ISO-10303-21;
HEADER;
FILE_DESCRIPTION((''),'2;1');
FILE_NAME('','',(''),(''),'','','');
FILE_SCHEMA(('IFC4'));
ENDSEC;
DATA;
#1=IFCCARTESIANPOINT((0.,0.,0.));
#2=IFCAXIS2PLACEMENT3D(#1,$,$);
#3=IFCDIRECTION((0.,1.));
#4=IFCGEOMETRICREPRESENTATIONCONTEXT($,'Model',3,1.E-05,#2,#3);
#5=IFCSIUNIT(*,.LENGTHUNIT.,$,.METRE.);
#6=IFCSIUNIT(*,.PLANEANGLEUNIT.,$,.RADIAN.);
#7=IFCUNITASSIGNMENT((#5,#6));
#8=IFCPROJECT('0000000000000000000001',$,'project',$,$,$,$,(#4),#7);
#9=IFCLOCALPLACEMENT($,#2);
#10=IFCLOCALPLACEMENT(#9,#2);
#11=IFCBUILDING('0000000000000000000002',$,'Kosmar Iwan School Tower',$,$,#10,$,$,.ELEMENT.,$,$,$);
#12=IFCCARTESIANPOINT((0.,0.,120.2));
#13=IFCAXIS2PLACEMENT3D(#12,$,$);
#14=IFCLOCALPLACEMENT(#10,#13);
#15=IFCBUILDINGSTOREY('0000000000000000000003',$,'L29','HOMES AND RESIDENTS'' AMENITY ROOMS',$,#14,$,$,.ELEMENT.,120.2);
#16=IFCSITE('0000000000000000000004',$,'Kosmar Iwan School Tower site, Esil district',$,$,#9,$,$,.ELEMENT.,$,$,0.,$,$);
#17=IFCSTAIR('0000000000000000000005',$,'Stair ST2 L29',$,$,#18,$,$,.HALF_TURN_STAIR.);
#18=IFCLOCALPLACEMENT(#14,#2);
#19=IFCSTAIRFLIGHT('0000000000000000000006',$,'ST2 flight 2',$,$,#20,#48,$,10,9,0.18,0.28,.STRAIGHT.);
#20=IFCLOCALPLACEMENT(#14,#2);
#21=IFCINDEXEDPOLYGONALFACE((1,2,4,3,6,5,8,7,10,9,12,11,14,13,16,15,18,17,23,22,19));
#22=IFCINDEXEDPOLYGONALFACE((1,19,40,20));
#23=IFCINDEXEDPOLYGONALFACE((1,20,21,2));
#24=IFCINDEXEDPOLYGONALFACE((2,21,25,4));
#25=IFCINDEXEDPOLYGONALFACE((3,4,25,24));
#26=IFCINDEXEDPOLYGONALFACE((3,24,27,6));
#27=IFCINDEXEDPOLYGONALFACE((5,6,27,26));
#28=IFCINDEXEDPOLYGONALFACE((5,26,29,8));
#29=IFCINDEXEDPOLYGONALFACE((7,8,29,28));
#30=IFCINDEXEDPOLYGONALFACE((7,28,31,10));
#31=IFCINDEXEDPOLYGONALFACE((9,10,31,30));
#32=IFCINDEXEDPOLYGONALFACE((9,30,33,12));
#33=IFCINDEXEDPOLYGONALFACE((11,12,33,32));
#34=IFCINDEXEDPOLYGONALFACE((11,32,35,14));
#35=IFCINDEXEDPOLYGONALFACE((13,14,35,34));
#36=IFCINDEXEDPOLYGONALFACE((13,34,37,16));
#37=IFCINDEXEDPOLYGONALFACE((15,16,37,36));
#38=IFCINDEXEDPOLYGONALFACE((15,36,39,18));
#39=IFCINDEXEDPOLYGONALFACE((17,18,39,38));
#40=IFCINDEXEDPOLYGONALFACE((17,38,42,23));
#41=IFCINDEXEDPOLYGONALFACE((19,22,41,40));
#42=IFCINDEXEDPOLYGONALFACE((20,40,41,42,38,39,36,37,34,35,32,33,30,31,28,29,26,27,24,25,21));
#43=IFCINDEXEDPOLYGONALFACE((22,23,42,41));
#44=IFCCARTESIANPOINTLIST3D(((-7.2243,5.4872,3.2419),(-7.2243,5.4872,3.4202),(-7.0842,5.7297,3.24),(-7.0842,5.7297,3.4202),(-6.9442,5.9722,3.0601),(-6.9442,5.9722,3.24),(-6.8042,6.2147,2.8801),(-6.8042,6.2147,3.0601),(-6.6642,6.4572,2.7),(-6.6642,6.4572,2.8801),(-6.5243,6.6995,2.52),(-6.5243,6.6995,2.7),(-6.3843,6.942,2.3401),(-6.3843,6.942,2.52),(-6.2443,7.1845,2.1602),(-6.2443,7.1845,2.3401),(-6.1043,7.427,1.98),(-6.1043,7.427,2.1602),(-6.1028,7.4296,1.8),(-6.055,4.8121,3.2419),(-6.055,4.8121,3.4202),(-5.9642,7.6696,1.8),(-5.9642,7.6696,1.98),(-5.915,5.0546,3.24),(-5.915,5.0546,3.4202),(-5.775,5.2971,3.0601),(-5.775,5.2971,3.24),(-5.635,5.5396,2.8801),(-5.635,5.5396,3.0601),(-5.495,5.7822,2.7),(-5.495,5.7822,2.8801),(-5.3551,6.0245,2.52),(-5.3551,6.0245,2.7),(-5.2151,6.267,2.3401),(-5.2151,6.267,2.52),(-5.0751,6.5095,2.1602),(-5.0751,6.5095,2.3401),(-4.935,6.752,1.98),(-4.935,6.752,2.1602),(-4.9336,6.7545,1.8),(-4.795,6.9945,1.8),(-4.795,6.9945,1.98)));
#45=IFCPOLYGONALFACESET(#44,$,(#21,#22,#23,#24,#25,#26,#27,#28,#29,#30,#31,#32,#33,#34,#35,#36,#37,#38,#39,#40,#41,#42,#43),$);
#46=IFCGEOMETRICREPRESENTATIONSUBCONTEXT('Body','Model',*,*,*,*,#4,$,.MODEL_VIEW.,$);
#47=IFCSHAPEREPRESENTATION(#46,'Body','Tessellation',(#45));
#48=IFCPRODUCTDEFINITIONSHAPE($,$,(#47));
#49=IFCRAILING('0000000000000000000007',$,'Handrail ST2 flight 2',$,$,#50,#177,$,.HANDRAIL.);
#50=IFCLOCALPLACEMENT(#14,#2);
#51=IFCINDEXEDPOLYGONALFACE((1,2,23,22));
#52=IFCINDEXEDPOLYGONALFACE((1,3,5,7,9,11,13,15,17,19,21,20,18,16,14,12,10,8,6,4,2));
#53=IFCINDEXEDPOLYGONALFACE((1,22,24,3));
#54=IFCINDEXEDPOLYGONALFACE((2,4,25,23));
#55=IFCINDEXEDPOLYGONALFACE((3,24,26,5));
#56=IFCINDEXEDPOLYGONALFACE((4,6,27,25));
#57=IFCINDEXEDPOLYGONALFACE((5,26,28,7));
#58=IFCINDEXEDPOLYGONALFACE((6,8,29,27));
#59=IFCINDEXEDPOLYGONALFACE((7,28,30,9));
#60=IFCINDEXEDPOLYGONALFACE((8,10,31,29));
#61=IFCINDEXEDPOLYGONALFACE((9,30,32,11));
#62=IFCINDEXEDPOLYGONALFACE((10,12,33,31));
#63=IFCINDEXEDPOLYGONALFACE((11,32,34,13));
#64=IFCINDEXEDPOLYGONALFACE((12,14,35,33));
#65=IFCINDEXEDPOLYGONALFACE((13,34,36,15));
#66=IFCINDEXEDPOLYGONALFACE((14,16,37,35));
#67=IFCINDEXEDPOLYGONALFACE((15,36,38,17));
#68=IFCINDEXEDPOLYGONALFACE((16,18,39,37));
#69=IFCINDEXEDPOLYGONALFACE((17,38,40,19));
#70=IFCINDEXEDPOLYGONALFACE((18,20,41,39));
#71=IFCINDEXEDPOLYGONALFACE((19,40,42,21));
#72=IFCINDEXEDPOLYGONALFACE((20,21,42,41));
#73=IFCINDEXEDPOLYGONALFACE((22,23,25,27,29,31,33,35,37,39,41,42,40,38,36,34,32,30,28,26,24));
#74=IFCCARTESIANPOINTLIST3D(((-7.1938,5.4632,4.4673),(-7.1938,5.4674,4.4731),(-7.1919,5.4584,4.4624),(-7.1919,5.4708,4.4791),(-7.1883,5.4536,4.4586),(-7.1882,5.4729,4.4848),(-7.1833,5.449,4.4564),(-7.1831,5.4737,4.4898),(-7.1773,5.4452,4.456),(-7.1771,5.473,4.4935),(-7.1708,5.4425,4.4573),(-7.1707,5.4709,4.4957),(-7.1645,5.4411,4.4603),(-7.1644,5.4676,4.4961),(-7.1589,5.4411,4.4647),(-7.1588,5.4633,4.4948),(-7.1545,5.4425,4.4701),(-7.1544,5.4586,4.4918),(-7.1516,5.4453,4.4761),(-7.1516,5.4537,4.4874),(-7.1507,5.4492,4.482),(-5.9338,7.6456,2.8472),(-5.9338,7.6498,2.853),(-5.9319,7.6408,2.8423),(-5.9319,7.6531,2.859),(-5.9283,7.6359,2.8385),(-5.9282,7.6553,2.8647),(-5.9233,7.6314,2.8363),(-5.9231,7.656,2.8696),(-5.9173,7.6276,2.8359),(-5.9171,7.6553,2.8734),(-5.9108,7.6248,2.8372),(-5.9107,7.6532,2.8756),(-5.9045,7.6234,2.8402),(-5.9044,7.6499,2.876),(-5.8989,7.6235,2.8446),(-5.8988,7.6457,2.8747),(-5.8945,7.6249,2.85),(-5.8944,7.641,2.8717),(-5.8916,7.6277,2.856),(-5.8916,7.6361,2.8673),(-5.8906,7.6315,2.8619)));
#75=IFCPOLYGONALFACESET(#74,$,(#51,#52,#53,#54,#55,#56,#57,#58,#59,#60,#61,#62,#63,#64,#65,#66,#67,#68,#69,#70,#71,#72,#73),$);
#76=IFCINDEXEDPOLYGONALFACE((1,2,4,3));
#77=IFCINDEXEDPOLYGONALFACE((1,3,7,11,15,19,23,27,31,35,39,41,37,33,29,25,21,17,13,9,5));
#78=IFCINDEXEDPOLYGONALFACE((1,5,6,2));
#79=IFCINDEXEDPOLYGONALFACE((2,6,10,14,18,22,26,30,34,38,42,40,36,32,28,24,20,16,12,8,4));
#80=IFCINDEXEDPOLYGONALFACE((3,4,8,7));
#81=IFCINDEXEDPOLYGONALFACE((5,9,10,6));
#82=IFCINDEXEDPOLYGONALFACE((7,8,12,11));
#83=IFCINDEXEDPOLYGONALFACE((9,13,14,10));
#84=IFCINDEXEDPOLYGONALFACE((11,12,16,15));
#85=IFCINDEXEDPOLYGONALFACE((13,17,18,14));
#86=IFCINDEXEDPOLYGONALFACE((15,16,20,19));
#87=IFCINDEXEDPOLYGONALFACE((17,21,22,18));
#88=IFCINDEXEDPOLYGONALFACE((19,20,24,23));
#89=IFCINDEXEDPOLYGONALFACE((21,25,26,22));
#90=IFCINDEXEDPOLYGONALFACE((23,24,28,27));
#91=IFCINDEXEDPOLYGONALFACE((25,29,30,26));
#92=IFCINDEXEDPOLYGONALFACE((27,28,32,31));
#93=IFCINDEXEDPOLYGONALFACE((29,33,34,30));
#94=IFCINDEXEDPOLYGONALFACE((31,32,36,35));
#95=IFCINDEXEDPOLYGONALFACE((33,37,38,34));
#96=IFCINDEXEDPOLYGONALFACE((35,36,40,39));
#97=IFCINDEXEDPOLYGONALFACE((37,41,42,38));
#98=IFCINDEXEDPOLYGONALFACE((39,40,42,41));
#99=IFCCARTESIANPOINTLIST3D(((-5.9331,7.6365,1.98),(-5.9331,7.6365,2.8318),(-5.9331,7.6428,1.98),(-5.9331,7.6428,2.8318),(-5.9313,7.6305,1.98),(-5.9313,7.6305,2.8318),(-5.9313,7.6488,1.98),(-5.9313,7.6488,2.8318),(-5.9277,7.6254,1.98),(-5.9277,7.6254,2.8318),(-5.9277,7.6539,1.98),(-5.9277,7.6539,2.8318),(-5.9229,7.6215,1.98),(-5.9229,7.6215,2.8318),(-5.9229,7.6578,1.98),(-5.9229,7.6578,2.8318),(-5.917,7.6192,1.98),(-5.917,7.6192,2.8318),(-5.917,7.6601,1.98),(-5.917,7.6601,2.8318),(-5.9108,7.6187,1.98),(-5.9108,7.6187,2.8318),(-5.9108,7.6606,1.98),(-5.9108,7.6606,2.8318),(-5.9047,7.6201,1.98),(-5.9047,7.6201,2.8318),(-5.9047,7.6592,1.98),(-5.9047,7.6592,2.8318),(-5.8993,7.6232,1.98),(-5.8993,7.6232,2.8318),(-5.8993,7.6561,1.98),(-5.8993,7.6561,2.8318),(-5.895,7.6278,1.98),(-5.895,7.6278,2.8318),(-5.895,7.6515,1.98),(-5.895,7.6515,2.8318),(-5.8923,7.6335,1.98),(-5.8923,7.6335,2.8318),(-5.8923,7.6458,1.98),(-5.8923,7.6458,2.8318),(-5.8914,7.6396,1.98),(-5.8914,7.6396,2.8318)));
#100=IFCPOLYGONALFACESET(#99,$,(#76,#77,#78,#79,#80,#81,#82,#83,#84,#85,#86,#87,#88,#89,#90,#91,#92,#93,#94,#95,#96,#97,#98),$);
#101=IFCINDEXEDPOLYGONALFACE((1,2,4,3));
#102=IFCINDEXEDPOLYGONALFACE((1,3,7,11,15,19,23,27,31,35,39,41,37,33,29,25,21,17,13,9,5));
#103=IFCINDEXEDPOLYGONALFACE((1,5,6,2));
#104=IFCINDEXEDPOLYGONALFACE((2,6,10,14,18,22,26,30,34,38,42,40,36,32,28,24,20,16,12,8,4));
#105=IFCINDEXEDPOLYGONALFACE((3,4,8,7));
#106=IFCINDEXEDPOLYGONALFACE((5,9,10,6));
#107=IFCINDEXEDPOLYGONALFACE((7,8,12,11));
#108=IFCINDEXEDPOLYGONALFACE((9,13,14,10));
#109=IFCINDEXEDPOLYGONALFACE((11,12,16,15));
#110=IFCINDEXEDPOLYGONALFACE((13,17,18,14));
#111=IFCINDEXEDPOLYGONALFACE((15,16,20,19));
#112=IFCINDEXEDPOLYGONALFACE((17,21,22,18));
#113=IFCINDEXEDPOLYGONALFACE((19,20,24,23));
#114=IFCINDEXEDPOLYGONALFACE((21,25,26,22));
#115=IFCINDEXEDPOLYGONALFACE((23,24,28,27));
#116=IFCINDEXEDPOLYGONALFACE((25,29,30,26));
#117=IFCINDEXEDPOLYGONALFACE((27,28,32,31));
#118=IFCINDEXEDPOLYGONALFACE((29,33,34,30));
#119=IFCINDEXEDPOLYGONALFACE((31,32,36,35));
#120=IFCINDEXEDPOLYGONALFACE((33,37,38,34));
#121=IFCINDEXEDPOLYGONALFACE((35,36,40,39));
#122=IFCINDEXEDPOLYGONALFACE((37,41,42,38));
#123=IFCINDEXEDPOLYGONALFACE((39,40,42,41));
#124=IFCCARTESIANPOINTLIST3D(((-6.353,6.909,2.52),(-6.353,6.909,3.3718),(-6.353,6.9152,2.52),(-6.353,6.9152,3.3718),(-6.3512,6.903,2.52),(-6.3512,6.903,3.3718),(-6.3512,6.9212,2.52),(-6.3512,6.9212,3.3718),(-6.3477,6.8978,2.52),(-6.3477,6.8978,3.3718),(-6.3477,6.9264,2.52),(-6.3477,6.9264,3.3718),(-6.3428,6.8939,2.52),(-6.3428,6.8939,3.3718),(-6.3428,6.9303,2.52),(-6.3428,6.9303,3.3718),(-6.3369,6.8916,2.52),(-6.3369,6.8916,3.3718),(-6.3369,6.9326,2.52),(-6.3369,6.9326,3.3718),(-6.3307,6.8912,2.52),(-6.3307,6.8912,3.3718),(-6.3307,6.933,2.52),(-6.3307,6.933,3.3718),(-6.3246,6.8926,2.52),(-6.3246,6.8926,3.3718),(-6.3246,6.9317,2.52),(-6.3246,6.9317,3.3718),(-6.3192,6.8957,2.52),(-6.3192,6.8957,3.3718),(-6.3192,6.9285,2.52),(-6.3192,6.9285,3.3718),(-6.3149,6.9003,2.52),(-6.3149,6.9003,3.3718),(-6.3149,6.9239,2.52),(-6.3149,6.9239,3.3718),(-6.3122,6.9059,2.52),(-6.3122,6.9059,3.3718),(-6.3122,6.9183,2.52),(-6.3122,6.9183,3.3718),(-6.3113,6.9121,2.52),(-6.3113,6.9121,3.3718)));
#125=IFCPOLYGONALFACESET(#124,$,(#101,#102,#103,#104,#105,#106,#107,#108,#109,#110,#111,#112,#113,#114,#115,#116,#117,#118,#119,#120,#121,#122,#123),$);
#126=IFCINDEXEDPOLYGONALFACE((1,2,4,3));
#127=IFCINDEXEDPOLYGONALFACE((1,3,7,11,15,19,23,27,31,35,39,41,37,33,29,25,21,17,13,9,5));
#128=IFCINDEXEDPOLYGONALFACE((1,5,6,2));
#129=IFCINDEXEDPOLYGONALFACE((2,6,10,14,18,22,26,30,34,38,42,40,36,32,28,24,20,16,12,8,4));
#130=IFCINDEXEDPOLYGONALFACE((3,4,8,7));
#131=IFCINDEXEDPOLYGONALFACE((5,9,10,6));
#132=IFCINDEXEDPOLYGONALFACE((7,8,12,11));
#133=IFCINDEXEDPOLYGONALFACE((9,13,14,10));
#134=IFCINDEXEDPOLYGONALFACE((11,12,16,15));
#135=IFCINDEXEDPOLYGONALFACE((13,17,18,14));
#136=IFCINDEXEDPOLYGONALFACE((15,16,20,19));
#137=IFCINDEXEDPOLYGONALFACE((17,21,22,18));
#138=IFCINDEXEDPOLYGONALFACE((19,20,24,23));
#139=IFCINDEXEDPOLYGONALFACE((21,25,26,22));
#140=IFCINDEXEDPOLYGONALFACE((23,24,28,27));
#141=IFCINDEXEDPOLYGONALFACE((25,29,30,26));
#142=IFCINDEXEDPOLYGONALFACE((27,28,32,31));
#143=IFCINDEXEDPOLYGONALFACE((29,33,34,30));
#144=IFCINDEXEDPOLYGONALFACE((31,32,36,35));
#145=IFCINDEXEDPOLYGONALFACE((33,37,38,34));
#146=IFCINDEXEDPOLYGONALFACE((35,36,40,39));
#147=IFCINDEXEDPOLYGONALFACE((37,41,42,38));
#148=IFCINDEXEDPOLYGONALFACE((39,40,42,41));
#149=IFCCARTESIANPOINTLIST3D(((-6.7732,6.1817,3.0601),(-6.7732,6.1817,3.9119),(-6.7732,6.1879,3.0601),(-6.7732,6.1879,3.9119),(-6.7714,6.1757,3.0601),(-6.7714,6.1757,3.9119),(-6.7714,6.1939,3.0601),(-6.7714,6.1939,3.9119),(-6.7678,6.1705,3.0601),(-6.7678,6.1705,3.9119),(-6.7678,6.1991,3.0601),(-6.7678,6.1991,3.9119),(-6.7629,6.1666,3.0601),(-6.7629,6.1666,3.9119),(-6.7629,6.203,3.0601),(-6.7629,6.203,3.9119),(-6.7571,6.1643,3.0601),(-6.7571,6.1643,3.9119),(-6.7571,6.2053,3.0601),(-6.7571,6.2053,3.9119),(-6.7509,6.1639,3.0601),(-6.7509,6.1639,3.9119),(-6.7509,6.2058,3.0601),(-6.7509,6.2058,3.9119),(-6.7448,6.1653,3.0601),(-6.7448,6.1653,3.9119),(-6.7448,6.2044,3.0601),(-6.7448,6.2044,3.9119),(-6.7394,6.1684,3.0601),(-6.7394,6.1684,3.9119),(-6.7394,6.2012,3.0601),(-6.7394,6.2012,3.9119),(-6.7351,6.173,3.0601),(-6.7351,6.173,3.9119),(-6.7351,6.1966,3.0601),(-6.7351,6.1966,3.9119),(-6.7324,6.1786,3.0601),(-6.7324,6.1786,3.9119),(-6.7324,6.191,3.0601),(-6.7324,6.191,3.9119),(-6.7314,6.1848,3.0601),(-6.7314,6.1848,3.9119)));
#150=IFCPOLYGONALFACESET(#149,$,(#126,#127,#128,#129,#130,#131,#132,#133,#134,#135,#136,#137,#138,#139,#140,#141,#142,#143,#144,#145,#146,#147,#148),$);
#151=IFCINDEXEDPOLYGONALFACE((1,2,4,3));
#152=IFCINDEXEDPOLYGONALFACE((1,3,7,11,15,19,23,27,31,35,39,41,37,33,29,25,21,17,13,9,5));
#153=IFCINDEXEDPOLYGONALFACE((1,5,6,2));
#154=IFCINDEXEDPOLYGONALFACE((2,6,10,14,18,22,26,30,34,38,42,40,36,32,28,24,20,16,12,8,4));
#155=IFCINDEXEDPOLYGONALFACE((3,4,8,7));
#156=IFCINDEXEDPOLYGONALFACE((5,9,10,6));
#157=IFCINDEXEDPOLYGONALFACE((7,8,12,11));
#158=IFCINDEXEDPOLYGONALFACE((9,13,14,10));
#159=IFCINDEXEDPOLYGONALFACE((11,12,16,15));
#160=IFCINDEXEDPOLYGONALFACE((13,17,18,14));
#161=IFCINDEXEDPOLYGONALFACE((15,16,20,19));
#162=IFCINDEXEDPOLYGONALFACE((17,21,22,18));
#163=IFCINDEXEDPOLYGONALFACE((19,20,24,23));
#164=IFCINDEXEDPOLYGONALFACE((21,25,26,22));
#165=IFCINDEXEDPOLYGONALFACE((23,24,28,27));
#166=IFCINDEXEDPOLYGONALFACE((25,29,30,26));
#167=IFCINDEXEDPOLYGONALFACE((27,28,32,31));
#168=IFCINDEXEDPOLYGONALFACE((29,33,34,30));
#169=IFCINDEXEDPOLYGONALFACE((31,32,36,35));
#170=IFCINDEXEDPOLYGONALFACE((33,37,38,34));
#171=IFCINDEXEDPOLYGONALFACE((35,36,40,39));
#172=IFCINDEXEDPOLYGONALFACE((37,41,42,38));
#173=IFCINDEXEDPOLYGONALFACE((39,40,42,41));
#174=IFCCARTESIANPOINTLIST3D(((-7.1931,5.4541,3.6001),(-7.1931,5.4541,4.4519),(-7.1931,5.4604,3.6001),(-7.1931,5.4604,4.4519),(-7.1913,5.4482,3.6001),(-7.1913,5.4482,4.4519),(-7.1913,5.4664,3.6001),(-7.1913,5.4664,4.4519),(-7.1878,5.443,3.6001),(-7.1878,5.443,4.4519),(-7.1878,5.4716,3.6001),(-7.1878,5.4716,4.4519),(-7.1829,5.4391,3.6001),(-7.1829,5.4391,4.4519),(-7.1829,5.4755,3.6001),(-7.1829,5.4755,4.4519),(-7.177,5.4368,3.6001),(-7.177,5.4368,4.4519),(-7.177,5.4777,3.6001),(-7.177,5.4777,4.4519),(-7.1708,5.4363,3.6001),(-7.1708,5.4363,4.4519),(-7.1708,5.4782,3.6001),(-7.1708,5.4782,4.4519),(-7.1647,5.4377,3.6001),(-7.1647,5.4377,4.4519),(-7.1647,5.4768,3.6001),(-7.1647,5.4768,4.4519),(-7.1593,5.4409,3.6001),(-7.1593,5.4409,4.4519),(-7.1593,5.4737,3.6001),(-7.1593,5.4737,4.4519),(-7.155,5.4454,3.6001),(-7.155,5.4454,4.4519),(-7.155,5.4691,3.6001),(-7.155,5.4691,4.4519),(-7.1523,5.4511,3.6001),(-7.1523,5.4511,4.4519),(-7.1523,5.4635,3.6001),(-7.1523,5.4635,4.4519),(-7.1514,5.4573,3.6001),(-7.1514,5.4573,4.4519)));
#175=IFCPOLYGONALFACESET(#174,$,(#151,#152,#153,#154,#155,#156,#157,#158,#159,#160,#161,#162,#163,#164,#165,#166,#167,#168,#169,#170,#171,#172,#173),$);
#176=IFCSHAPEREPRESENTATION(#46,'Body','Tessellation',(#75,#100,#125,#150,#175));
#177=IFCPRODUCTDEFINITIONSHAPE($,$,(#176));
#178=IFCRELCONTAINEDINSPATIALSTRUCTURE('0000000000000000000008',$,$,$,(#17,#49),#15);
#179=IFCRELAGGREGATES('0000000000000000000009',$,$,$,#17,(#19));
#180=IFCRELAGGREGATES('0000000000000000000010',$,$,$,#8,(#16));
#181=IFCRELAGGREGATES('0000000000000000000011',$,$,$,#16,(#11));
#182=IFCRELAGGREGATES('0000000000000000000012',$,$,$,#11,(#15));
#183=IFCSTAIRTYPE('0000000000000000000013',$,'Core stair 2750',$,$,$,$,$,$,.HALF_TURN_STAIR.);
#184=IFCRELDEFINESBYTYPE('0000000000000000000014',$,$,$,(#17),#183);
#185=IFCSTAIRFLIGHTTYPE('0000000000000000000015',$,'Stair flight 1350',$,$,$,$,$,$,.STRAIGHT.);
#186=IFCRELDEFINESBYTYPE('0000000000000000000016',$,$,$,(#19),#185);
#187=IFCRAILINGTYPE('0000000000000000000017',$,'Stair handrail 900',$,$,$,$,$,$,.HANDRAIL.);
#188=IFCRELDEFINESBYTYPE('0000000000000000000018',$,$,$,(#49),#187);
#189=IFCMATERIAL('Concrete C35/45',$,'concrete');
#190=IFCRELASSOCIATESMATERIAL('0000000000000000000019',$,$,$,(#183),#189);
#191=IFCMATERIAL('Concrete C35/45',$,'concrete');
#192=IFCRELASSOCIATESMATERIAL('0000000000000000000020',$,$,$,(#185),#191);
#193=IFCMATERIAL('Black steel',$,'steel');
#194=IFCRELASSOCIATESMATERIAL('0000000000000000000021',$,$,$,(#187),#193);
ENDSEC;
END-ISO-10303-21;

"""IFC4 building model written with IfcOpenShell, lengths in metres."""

from ifc_helpers import new_model, si_unit, direction, frame, origin, origin_2d, place, context, subcontext, project, spatial, polyline, circle, outline, extrude, material, type_object, element, aggregate, save


model = new_model("IFC4")

# Units and contexts
model_context = context("Model", 3, precision=1e-05, world=origin(), true_north=direction((0.0, 1.0)))
body_context = subcontext(model_context, "Body", "Model", "MODEL_VIEW")
ifc_project = project(units=[si_unit("LENGTHUNIT", "METRE"), si_unit("PLANEANGLEUNIT", "RADIAN")], contexts=[model_context])

# Site, building, storey
site_placement = place(None, origin())
site = spatial("IfcSite", under=ifc_project, at=site_placement, Name="Kosmar Iwan School Tower site, Esil district", CompositionType="ELEMENT", RefElevation=0.0)
building_placement = place(site_placement, origin())
building = spatial("IfcBuilding", under=site, at=building_placement, Name="Kosmar Iwan School Tower", CompositionType="ELEMENT")
storey_placement = place(building_placement, frame((0.0, 0.0, 120.2)))
storey = spatial("IfcBuildingStorey", under=building, at=storey_placement, Name="L29", Description="HOMES AND RESIDENTS' AMENITY ROOMS", CompositionType="ELEMENT", Elevation=120.2)

# Stair, stair flight
ifc_material_1 = material(Name="Concrete C35/45", Category="concrete")
stair_type = type_object("IfcStairType", Name="Core stair 2750", PredefinedType="HALF_TURN_STAIR", material=ifc_material_1)
stair_placement = place(storey_placement, origin())
stair = element("IfcStair", 1, at=stair_placement, inside=storey, type_object=stair_type, Name="Stair ST2 L29", PredefinedType="HALF_TURN_STAIR")
ifc_material_2 = material(Name="Concrete C35/45", Category="concrete")
stair_flight_type = type_object("IfcStairFlightType", Name="Stair flight 1350", PredefinedType="STRAIGHT", material=ifc_material_2)
stair_flight_1_placement = place(storey_placement, frame((-5.3796, 7.332, 1.8), z_axis=(0.0, 0.0, 1.0), x_axis=(-0.5, -0.866025, 0.0)))
stair_flight_1 = element("IfcStairFlight", 2, at=stair_flight_1_placement, type_object=stair_flight_type, Name="ST2 flight 2", NumberOfRisers=10, NumberOfTreads=9, PredefinedType="STRAIGHT", RiserHeight=0.18, TreadLength=0.28, context=body_context, shape_type="SweptSolid", body=[
    extrude(outline(polyline([(0.0, 0.0), (0.0, 0.1799), (0.28, 0.1799), (0.28, 0.3601), (0.5601, 0.3601), (0.5601, 0.54), (0.8401, 0.54), (0.8401, 0.72), (1.1201, 0.72), (1.1201, 0.8999), (1.3999, 0.8999), (1.3999, 1.0801), (1.6799, 1.0801), (1.6799, 1.26), (1.96, 1.26), (1.96, 1.4399), (2.24, 1.4399), (2.24, 1.6201), (2.52, 1.6201), (2.52, 1.8), (2.52, 1.4419), (0.2771, 0.0), (0.0, 0.0)])), frame((0.0, 0.675, 0.0), z_axis=(0.0, -1.0, 0.0), x_axis=(1.0, 0.0, 0.0)), (0.0, 0.0, 1.0), 1.3501),
])
aggregate(stair, [stair_flight_1])

# Railing
ifc_material_3 = material(Name="Black steel", Category="steel")
railing_type = type_object("IfcRailingType", Name="Stair handrail 900", PredefinedType="HANDRAIL", material=ifc_material_3)
railing_placement = place(storey_placement, frame((-5.9124, 7.6396, 1.98)))
element("IfcRailing", 3, at=railing_placement, inside=storey, type_object=railing_type, Name="Handrail ST2 flight 2", PredefinedType="HANDRAIL", context=body_context, shape_type="SweptSolid", body=[
    extrude(circle(Radius=0.0239, at=origin_2d()), frame((0.0, 0.0, 0.876), z_axis=(-0.420584, -0.728464, 0.540786), x_axis=(0.866023, -0.500005, 0.0)), (0.0, 0.0, 1.0), 2.9958),
    extrude(circle(Radius=0.021, at=origin_2d()), origin(), (0.0, 0.0, 1.0), 0.8518),
    extrude(circle(Radius=0.021, at=origin_2d()), frame((-0.4199, -0.7275, 0.54)), (0.0, 0.0, 1.0), 0.8518),
    extrude(circle(Radius=0.021, at=origin_2d()), frame((-0.8401, -1.4548, 1.0801)), (0.0, 0.0, 1.0), 0.8518),
    extrude(circle(Radius=0.021, at=origin_2d()), frame((-1.26, -2.1824, 1.6201)), (0.0, 0.0, 1.0), 0.8518),
])

save(model, "model.ifc")
